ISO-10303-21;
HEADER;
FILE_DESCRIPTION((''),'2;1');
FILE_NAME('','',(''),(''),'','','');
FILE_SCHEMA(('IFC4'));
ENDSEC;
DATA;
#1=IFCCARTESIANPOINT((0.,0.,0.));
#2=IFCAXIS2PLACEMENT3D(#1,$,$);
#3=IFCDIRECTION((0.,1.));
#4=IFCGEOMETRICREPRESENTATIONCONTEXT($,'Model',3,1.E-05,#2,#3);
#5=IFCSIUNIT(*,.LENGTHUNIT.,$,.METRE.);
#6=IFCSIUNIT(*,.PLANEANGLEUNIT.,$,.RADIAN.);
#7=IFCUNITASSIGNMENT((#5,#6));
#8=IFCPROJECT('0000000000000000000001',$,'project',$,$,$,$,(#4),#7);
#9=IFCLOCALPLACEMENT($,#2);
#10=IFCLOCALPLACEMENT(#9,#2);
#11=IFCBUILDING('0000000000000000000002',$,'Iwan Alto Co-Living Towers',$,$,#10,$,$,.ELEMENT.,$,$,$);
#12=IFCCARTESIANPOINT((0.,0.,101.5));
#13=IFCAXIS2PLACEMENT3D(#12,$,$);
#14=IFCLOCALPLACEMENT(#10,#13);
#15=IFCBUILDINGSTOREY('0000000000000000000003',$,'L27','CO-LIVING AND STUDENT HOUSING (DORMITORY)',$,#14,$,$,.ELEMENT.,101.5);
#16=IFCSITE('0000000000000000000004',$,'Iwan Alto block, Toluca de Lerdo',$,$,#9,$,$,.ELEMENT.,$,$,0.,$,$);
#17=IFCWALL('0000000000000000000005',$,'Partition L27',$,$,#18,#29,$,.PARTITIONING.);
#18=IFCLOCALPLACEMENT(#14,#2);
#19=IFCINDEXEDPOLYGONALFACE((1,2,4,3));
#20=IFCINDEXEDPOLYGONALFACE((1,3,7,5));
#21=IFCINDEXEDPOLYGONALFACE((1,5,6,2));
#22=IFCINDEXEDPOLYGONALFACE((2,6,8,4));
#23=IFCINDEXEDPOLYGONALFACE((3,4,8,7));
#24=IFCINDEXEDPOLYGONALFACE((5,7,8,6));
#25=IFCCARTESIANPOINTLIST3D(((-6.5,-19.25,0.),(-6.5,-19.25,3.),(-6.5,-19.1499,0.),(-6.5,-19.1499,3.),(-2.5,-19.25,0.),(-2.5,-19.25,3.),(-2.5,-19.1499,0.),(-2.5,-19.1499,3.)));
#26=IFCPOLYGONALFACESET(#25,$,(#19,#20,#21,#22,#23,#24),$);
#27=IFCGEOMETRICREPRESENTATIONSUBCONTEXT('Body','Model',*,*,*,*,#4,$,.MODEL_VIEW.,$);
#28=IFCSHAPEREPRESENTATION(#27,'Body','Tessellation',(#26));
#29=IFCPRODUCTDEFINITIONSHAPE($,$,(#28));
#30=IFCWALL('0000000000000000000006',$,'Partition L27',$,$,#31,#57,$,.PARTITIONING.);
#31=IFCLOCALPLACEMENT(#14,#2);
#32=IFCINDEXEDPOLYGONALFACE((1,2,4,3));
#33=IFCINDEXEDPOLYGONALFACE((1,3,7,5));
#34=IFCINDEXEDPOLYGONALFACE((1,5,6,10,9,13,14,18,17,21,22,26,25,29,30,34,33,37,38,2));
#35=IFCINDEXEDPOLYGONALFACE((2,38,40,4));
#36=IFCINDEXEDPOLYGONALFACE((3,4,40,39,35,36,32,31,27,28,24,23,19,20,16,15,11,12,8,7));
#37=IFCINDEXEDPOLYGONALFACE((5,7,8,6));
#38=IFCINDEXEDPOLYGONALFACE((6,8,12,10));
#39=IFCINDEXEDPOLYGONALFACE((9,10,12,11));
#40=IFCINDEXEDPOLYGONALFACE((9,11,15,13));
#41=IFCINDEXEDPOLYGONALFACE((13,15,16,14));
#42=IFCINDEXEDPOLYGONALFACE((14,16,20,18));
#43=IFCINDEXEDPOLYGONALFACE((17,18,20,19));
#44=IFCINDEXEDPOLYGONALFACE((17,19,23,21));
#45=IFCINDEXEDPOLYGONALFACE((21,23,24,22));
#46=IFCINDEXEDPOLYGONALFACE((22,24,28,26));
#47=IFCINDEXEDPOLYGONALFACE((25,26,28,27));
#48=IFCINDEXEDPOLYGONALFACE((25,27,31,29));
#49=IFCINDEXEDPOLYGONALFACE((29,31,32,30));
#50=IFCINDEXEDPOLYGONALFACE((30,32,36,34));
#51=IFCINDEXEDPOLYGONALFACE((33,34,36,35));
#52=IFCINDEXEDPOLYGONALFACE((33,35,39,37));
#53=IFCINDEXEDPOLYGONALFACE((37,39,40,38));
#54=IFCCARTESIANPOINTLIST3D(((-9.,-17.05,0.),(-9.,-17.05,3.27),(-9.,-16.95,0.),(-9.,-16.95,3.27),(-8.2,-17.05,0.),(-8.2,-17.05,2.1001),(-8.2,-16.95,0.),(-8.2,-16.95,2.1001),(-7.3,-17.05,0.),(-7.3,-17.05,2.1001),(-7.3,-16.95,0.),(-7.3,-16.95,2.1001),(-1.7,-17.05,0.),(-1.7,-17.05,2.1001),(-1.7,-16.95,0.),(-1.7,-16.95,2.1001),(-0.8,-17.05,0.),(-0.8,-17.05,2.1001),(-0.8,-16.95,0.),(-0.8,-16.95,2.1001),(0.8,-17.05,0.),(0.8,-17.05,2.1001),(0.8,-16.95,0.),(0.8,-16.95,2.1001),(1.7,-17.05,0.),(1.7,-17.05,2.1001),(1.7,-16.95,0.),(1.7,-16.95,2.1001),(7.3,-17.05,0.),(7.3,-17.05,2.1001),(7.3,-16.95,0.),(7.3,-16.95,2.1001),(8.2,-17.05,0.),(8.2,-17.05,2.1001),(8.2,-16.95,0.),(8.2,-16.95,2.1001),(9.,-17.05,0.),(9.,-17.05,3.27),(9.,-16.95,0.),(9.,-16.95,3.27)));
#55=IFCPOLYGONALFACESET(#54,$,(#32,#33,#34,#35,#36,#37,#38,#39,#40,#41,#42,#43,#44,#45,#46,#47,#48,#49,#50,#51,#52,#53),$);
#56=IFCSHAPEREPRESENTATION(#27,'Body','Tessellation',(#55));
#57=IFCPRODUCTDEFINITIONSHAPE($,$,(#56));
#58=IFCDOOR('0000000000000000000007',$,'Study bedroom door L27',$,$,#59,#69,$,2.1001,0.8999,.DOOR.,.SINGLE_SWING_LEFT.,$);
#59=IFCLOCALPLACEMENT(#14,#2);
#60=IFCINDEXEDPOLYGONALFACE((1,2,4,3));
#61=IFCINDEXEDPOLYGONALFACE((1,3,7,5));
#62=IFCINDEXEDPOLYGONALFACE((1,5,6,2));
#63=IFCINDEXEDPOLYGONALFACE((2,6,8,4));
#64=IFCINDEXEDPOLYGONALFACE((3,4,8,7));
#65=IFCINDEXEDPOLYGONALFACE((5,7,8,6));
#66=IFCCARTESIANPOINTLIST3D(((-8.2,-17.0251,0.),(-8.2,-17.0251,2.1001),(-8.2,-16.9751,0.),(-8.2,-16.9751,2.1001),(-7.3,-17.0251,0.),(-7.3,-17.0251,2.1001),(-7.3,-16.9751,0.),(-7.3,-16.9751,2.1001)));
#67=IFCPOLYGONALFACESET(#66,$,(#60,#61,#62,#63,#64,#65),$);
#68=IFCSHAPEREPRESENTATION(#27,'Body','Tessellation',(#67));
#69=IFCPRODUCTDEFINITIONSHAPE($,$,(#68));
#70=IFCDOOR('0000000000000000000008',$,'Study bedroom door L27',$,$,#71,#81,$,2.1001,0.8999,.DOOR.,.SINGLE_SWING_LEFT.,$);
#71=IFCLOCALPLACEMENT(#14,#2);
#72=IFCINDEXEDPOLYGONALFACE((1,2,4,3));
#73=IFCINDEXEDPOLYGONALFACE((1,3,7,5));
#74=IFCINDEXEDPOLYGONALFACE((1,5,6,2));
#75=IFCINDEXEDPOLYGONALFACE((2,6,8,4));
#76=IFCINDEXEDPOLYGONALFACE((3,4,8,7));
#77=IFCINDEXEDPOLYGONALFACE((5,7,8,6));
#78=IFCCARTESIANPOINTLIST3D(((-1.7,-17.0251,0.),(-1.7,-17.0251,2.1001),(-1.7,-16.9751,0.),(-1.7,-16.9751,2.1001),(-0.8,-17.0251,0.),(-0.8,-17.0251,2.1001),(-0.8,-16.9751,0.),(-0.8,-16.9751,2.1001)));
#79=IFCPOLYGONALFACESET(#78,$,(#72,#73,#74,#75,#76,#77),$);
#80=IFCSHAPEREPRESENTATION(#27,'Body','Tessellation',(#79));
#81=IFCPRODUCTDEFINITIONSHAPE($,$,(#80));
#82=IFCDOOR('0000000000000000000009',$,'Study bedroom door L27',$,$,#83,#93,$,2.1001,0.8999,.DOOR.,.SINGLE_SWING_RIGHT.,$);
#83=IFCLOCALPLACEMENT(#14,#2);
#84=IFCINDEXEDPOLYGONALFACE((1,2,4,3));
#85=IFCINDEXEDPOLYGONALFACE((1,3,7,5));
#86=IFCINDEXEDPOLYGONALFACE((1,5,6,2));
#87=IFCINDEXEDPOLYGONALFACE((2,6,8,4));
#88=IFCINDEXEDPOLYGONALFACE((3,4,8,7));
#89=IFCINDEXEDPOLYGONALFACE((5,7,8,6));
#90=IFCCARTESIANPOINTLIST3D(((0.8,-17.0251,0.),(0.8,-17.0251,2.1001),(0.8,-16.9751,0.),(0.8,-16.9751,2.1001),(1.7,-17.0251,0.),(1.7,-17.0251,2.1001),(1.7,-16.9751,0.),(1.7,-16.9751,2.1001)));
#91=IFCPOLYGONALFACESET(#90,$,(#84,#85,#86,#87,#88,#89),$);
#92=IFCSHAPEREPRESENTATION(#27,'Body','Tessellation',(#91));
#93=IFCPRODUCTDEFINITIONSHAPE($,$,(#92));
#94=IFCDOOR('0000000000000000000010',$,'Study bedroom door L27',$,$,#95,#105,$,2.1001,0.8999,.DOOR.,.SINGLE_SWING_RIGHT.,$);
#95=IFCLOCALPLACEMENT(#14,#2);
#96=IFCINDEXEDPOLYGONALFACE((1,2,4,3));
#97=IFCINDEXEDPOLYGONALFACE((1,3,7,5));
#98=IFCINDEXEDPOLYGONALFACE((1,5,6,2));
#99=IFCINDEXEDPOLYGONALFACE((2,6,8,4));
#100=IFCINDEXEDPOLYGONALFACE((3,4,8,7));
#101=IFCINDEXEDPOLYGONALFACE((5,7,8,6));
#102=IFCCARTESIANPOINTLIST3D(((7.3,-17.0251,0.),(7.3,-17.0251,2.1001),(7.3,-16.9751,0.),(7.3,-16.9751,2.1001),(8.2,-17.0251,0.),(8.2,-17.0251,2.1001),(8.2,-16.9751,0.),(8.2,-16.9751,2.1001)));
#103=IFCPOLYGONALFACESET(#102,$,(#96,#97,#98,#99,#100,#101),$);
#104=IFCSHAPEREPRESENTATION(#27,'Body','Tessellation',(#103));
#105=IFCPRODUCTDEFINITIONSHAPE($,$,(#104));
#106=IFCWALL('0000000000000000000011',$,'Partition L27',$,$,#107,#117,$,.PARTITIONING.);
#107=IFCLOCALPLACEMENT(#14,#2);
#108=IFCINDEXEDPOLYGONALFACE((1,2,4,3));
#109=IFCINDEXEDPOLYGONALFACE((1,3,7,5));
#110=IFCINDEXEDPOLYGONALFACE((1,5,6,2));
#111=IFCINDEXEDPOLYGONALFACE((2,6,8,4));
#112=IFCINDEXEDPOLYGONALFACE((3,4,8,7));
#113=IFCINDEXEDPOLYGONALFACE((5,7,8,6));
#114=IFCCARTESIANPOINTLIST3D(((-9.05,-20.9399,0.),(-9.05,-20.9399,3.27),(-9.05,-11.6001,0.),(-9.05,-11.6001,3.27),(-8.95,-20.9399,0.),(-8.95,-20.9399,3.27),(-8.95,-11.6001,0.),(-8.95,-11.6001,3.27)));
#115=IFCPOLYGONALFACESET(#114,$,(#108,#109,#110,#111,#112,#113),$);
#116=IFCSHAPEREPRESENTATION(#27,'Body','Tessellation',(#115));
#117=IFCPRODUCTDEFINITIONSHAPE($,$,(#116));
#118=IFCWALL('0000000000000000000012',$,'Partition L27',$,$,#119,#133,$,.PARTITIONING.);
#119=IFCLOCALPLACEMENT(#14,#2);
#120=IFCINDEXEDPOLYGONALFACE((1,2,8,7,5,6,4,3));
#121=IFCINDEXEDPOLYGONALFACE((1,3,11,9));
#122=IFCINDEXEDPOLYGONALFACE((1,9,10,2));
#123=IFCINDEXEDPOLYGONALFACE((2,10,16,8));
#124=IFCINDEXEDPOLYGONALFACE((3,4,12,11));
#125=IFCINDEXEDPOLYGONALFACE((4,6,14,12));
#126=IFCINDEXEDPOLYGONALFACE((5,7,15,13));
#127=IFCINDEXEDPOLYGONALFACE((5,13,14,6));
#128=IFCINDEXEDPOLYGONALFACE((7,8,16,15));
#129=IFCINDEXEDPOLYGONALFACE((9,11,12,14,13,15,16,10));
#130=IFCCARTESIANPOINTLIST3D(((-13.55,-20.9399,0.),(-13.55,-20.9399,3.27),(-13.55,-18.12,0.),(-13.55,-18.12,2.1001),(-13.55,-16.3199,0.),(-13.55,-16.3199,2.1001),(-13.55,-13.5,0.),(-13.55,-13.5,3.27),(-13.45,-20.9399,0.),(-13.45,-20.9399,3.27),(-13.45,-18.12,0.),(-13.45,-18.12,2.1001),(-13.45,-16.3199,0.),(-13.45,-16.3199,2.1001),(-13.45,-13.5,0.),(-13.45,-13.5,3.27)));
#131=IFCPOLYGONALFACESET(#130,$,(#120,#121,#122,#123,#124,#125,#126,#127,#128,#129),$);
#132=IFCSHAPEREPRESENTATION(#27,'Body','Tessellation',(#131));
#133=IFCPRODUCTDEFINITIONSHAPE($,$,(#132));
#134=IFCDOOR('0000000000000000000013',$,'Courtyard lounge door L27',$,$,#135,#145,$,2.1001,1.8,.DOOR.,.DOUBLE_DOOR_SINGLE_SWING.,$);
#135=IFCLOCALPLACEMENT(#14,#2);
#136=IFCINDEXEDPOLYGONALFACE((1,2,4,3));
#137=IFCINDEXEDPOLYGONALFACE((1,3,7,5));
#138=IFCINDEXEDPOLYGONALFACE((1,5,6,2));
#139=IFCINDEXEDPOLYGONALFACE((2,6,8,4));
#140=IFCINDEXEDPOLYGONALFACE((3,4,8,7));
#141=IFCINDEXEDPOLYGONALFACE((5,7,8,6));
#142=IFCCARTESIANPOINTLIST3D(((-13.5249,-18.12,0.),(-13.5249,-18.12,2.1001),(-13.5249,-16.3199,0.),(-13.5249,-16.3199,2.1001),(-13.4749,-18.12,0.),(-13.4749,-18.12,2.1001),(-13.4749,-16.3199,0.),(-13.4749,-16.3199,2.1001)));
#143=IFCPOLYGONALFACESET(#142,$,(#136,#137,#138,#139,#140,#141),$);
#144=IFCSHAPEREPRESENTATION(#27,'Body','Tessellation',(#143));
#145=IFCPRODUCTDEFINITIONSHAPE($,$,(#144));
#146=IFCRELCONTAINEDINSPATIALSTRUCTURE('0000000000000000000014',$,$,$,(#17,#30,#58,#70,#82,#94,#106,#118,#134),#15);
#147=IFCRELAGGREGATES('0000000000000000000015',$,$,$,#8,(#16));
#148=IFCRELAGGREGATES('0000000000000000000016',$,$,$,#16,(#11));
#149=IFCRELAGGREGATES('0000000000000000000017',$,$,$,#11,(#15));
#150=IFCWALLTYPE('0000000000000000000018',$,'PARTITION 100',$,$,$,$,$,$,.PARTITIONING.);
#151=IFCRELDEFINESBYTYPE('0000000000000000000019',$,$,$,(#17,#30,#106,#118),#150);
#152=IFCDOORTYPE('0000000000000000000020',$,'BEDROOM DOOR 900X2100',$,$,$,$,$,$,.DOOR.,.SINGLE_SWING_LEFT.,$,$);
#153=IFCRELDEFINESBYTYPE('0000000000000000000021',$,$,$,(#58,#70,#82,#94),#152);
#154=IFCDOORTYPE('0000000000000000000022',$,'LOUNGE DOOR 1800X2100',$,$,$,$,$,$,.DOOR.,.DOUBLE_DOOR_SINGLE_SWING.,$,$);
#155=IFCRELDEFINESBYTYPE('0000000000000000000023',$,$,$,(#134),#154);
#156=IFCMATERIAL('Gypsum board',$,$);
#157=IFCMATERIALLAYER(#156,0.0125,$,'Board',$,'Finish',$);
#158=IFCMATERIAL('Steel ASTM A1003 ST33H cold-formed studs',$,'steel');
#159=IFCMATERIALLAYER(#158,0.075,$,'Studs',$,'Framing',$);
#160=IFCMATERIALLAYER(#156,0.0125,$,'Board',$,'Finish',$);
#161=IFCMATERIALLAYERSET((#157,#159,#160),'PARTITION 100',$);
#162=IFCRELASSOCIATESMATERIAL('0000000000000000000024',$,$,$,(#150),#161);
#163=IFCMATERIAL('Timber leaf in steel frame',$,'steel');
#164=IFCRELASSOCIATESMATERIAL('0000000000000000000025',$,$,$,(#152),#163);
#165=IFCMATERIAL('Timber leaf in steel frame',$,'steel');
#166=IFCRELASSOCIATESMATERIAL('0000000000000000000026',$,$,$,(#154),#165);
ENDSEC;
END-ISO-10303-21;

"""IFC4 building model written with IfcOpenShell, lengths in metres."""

from ifc_helpers import new_model, si_unit, direction, frame, frame_2d, origin, place, context, subcontext, project, spatial, rectangle, extrude, material, layer, layer_set, type_object, element, fill, save


model = new_model("IFC4")

# Units and contexts
model_context = context("Model", 3, precision=1e-05, world=origin(), true_north=direction((0.0, 1.0)))
body_context = subcontext(model_context, "Body", "Model", "MODEL_VIEW")
ifc_project = project(units=[si_unit("LENGTHUNIT", "METRE"), si_unit("PLANEANGLEUNIT", "RADIAN")], contexts=[model_context])

# Site, building, storey
site_placement = place(None, origin())
site = spatial("IfcSite", under=ifc_project, at=site_placement, Name="Iwan Alto block, Toluca de Lerdo", CompositionType="ELEMENT", RefElevation=0.0)
building_placement = place(site_placement, origin())
building = spatial("IfcBuilding", under=site, at=building_placement, Name="Iwan Alto Co-Living Towers", CompositionType="ELEMENT")
storey_placement = place(building_placement, frame((0.0, 0.0, 101.5)))
storey = spatial("IfcBuildingStorey", under=building, at=storey_placement, Name="L27", Description="CO-LIVING AND STUDENT HOUSING (DORMITORY)", CompositionType="ELEMENT", Elevation=101.5)

# Wall
ifc_material_1 = material(Name="Gypsum board")
ifc_layer_1 = layer(ifc_material_1, 0.0125, Name="Board", Category="Finish")
ifc_material_2 = material(Name="Steel ASTM A1003 ST33H cold-formed studs", Category="steel")
ifc_layer_2 = layer(ifc_material_2, 0.075, Name="Studs", Category="Framing")
ifc_layer_3 = layer(ifc_material_1, 0.0125, Name="Board", Category="Finish")
ifc_layer_set_1 = layer_set([ifc_layer_1, ifc_layer_2, ifc_layer_3], Name="PARTITION 100")
wall_type_1 = type_object("IfcWallType", Name="PARTITION 100", PredefinedType="PARTITIONING", material=ifc_layer_set_1)
wall_1_placement = place(storey_placement, frame((-6.5, -19.2, 0.0), z_axis=(0.0, 0.0, 1.0), x_axis=(1.0, 0.0, 0.0)))
element("IfcWall", 1, at=wall_1_placement, inside=storey, type_object=wall_type_1, Name="Partition L27", PredefinedType="PARTITIONING", context=body_context, shape_type="SweptSolid", body=[
    extrude(rectangle(XDim=4.0, YDim=0.1001, at=frame_2d((2.0, 0.0))), origin(), (0.0, 0.0, 1.0), 3.0),
])

# Wall, openings, doors
wall_2_placement = place(storey_placement, frame((-9.0, -17.0, 0.0), z_axis=(0.0, 0.0, 1.0), x_axis=(1.0, 0.0, 0.0)))
wall_2 = element("IfcWall", 2, at=wall_2_placement, inside=storey, type_object=wall_type_1, Name="Partition L27", PredefinedType="PARTITIONING", context=body_context, shape_type="SweptSolid", body=[
    extrude(rectangle(XDim=18.0, YDim=0.1001, at=frame_2d((9.0, 0.0))), origin(), (0.0, 0.0, 1.0), 3.27),
])
opening_1_placement = place(wall_2_placement, frame((0.8, 0.0, 0.0)))
opening_1 = element("IfcOpeningElement", 3, at=opening_1_placement, cuts=wall_2, PredefinedType="OPENING", context=body_context, shape_type="SweptSolid", body=[
    extrude(rectangle(XDim=0.8999, YDim=2.1001, at=frame_2d((0.45, 1.05))), frame((0.0, 0.0601, 0.0), z_axis=(0.0, -1.0, 0.0), x_axis=(1.0, 0.0, 0.0)), (0.0, 0.0, 1.0), 0.1201),
])
opening_2_placement = place(wall_2_placement, frame((7.3, 0.0, 0.0)))
opening_2 = element("IfcOpeningElement", 4, at=opening_2_placement, cuts=wall_2, PredefinedType="OPENING", context=body_context, shape_type="SweptSolid", body=[
    extrude(rectangle(XDim=0.8999, YDim=2.1001, at=frame_2d((0.45, 1.05))), frame((0.0, 0.0601, 0.0), z_axis=(0.0, -1.0, 0.0), x_axis=(1.0, 0.0, 0.0)), (0.0, 0.0, 1.0), 0.1201),
])
opening_3_placement = place(wall_2_placement, frame((9.8, 0.0, 0.0)))
opening_3 = element("IfcOpeningElement", 5, at=opening_3_placement, cuts=wall_2, PredefinedType="OPENING", context=body_context, shape_type="SweptSolid", body=[
    extrude(rectangle(XDim=0.8999, YDim=2.1001, at=frame_2d((0.45, 1.05))), frame((0.0, 0.0601, 0.0), z_axis=(0.0, -1.0, 0.0), x_axis=(1.0, 0.0, 0.0)), (0.0, 0.0, 1.0), 0.1201),
])
opening_4_placement = place(wall_2_placement, frame((16.3, 0.0, 0.0)))
opening_4 = element("IfcOpeningElement", 6, at=opening_4_placement, cuts=wall_2, PredefinedType="OPENING", context=body_context, shape_type="SweptSolid", body=[
    extrude(rectangle(XDim=0.8999, YDim=2.1001, at=frame_2d((0.45, 1.05))), frame((0.0, 0.0601, 0.0), z_axis=(0.0, -1.0, 0.0), x_axis=(1.0, 0.0, 0.0)), (0.0, 0.0, 1.0), 0.1201),
])
ifc_material_3 = material(Name="Timber leaf in steel frame", Category="steel")
door_type_1 = type_object("IfcDoorType", Name="BEDROOM DOOR 900X2100", OperationType="SINGLE_SWING_LEFT", PredefinedType="DOOR", material=ifc_material_3)
door_1_placement = place(opening_1_placement, origin())
door_1 = element("IfcDoor", 7, at=door_1_placement, inside=storey, type_object=door_type_1, Name="Study bedroom door L27", OperationType="SINGLE_SWING_LEFT", OverallHeight=2.1001, OverallWidth=0.8999, PredefinedType="DOOR", context=body_context, shape_type="SweptSolid", body=[
    extrude(rectangle(XDim=0.8999, YDim=2.1001, at=frame_2d((0.45, 1.05))), frame((0.0, 0.0249, 0.0), z_axis=(0.0, -1.0, 0.0), x_axis=(1.0, 0.0, 0.0)), (0.0, 0.0, 1.0), 0.05),
])
fill(opening_1, door_1)
door_2_placement = place(opening_2_placement, origin())
door_2 = element("IfcDoor", 8, at=door_2_placement, inside=storey, type_object=door_type_1, Name="Study bedroom door L27", OperationType="SINGLE_SWING_LEFT", OverallHeight=2.1001, OverallWidth=0.8999, PredefinedType="DOOR", context=body_context, shape_type="SweptSolid", body=[
    extrude(rectangle(XDim=0.8999, YDim=2.1001, at=frame_2d((0.45, 1.05))), frame((0.0, 0.0249, 0.0), z_axis=(0.0, -1.0, 0.0), x_axis=(1.0, 0.0, 0.0)), (0.0, 0.0, 1.0), 0.05),
])
fill(opening_2, door_2)
door_3_placement = place(opening_3_placement, origin())
door_3 = element("IfcDoor", 9, at=door_3_placement, inside=storey, type_object=door_type_1, Name="Study bedroom door L27", OperationType="SINGLE_SWING_RIGHT", OverallHeight=2.1001, OverallWidth=0.8999, PredefinedType="DOOR", context=body_context, shape_type="SweptSolid", body=[
    extrude(rectangle(XDim=0.8999, YDim=2.1001, at=frame_2d((0.45, 1.05))), frame((0.0, 0.0249, 0.0), z_axis=(0.0, -1.0, 0.0), x_axis=(1.0, 0.0, 0.0)), (0.0, 0.0, 1.0), 0.05),
])
fill(opening_3, door_3)
door_4_placement = place(opening_4_placement, origin())
door_4 = element("IfcDoor", 10, at=door_4_placement, inside=storey, type_object=door_type_1, Name="Study bedroom door L27", OperationType="SINGLE_SWING_RIGHT", OverallHeight=2.1001, OverallWidth=0.8999, PredefinedType="DOOR", context=body_context, shape_type="SweptSolid", body=[
    extrude(rectangle(XDim=0.8999, YDim=2.1001, at=frame_2d((0.45, 1.05))), frame((0.0, 0.0249, 0.0), z_axis=(0.0, -1.0, 0.0), x_axis=(1.0, 0.0, 0.0)), (0.0, 0.0, 1.0), 0.05),
])
fill(opening_4, door_4)

# Wall
wall_3_placement = place(storey_placement, frame((-9.0, -20.9399, 0.0), z_axis=(0.0, 0.0, 1.0), x_axis=(0.0, 1.0, 0.0)))
element("IfcWall", 11, at=wall_3_placement, inside=storey, type_object=wall_type_1, Name="Partition L27", PredefinedType="PARTITIONING", context=body_context, shape_type="SweptSolid", body=[
    extrude(rectangle(XDim=9.3398, YDim=0.1001, at=frame_2d((4.6699, 0.0))), origin(), (0.0, 0.0, 1.0), 3.27),
])

# Wall, opening, door
wall_4_placement = place(storey_placement, frame((-13.5, -20.9399, 0.0), z_axis=(0.0, 0.0, 1.0), x_axis=(0.0, 1.0, 0.0)))
wall_4 = element("IfcWall", 12, at=wall_4_placement, inside=storey, type_object=wall_type_1, Name="Partition L27", PredefinedType="PARTITIONING", context=body_context, shape_type="SweptSolid", body=[
    extrude(rectangle(XDim=7.4399, YDim=0.1001, at=frame_2d((3.72, 0.0))), origin(), (0.0, 0.0, 1.0), 3.27),
])
opening_5_placement = place(wall_4_placement, frame((2.8201, 0.0, 0.0)))
opening_5 = element("IfcOpeningElement", 13, at=opening_5_placement, cuts=wall_4, PredefinedType="OPENING", context=body_context, shape_type="SweptSolid", body=[
    extrude(rectangle(XDim=1.8, YDim=2.1001, at=frame_2d((0.8999, 1.05))), frame((0.0, 0.0601, 0.0), z_axis=(0.0, -1.0, 0.0), x_axis=(1.0, 0.0, 0.0)), (0.0, 0.0, 1.0), 0.1201),
])
ifc_material_4 = material(Name="Timber leaf in steel frame", Category="steel")
door_type_2 = type_object("IfcDoorType", Name="LOUNGE DOOR 1800X2100", OperationType="DOUBLE_DOOR_SINGLE_SWING", PredefinedType="DOOR", material=ifc_material_4)
door_5_placement = place(opening_5_placement, origin())
door_5 = element("IfcDoor", 14, at=door_5_placement, inside=storey, type_object=door_type_2, Name="Courtyard lounge door L27", OperationType="DOUBLE_DOOR_SINGLE_SWING", OverallHeight=2.1001, OverallWidth=1.8, PredefinedType="DOOR", context=body_context, shape_type="SweptSolid", body=[
    extrude(rectangle(XDim=1.8, YDim=2.1001, at=frame_2d((0.8999, 1.05))), frame((0.0, 0.0249, 0.0), z_axis=(0.0, -1.0, 0.0), x_axis=(1.0, 0.0, 0.0)), (0.0, 0.0, 1.0), 0.05),
])
fill(opening_5, door_5)

save(model, "model.ifc")
